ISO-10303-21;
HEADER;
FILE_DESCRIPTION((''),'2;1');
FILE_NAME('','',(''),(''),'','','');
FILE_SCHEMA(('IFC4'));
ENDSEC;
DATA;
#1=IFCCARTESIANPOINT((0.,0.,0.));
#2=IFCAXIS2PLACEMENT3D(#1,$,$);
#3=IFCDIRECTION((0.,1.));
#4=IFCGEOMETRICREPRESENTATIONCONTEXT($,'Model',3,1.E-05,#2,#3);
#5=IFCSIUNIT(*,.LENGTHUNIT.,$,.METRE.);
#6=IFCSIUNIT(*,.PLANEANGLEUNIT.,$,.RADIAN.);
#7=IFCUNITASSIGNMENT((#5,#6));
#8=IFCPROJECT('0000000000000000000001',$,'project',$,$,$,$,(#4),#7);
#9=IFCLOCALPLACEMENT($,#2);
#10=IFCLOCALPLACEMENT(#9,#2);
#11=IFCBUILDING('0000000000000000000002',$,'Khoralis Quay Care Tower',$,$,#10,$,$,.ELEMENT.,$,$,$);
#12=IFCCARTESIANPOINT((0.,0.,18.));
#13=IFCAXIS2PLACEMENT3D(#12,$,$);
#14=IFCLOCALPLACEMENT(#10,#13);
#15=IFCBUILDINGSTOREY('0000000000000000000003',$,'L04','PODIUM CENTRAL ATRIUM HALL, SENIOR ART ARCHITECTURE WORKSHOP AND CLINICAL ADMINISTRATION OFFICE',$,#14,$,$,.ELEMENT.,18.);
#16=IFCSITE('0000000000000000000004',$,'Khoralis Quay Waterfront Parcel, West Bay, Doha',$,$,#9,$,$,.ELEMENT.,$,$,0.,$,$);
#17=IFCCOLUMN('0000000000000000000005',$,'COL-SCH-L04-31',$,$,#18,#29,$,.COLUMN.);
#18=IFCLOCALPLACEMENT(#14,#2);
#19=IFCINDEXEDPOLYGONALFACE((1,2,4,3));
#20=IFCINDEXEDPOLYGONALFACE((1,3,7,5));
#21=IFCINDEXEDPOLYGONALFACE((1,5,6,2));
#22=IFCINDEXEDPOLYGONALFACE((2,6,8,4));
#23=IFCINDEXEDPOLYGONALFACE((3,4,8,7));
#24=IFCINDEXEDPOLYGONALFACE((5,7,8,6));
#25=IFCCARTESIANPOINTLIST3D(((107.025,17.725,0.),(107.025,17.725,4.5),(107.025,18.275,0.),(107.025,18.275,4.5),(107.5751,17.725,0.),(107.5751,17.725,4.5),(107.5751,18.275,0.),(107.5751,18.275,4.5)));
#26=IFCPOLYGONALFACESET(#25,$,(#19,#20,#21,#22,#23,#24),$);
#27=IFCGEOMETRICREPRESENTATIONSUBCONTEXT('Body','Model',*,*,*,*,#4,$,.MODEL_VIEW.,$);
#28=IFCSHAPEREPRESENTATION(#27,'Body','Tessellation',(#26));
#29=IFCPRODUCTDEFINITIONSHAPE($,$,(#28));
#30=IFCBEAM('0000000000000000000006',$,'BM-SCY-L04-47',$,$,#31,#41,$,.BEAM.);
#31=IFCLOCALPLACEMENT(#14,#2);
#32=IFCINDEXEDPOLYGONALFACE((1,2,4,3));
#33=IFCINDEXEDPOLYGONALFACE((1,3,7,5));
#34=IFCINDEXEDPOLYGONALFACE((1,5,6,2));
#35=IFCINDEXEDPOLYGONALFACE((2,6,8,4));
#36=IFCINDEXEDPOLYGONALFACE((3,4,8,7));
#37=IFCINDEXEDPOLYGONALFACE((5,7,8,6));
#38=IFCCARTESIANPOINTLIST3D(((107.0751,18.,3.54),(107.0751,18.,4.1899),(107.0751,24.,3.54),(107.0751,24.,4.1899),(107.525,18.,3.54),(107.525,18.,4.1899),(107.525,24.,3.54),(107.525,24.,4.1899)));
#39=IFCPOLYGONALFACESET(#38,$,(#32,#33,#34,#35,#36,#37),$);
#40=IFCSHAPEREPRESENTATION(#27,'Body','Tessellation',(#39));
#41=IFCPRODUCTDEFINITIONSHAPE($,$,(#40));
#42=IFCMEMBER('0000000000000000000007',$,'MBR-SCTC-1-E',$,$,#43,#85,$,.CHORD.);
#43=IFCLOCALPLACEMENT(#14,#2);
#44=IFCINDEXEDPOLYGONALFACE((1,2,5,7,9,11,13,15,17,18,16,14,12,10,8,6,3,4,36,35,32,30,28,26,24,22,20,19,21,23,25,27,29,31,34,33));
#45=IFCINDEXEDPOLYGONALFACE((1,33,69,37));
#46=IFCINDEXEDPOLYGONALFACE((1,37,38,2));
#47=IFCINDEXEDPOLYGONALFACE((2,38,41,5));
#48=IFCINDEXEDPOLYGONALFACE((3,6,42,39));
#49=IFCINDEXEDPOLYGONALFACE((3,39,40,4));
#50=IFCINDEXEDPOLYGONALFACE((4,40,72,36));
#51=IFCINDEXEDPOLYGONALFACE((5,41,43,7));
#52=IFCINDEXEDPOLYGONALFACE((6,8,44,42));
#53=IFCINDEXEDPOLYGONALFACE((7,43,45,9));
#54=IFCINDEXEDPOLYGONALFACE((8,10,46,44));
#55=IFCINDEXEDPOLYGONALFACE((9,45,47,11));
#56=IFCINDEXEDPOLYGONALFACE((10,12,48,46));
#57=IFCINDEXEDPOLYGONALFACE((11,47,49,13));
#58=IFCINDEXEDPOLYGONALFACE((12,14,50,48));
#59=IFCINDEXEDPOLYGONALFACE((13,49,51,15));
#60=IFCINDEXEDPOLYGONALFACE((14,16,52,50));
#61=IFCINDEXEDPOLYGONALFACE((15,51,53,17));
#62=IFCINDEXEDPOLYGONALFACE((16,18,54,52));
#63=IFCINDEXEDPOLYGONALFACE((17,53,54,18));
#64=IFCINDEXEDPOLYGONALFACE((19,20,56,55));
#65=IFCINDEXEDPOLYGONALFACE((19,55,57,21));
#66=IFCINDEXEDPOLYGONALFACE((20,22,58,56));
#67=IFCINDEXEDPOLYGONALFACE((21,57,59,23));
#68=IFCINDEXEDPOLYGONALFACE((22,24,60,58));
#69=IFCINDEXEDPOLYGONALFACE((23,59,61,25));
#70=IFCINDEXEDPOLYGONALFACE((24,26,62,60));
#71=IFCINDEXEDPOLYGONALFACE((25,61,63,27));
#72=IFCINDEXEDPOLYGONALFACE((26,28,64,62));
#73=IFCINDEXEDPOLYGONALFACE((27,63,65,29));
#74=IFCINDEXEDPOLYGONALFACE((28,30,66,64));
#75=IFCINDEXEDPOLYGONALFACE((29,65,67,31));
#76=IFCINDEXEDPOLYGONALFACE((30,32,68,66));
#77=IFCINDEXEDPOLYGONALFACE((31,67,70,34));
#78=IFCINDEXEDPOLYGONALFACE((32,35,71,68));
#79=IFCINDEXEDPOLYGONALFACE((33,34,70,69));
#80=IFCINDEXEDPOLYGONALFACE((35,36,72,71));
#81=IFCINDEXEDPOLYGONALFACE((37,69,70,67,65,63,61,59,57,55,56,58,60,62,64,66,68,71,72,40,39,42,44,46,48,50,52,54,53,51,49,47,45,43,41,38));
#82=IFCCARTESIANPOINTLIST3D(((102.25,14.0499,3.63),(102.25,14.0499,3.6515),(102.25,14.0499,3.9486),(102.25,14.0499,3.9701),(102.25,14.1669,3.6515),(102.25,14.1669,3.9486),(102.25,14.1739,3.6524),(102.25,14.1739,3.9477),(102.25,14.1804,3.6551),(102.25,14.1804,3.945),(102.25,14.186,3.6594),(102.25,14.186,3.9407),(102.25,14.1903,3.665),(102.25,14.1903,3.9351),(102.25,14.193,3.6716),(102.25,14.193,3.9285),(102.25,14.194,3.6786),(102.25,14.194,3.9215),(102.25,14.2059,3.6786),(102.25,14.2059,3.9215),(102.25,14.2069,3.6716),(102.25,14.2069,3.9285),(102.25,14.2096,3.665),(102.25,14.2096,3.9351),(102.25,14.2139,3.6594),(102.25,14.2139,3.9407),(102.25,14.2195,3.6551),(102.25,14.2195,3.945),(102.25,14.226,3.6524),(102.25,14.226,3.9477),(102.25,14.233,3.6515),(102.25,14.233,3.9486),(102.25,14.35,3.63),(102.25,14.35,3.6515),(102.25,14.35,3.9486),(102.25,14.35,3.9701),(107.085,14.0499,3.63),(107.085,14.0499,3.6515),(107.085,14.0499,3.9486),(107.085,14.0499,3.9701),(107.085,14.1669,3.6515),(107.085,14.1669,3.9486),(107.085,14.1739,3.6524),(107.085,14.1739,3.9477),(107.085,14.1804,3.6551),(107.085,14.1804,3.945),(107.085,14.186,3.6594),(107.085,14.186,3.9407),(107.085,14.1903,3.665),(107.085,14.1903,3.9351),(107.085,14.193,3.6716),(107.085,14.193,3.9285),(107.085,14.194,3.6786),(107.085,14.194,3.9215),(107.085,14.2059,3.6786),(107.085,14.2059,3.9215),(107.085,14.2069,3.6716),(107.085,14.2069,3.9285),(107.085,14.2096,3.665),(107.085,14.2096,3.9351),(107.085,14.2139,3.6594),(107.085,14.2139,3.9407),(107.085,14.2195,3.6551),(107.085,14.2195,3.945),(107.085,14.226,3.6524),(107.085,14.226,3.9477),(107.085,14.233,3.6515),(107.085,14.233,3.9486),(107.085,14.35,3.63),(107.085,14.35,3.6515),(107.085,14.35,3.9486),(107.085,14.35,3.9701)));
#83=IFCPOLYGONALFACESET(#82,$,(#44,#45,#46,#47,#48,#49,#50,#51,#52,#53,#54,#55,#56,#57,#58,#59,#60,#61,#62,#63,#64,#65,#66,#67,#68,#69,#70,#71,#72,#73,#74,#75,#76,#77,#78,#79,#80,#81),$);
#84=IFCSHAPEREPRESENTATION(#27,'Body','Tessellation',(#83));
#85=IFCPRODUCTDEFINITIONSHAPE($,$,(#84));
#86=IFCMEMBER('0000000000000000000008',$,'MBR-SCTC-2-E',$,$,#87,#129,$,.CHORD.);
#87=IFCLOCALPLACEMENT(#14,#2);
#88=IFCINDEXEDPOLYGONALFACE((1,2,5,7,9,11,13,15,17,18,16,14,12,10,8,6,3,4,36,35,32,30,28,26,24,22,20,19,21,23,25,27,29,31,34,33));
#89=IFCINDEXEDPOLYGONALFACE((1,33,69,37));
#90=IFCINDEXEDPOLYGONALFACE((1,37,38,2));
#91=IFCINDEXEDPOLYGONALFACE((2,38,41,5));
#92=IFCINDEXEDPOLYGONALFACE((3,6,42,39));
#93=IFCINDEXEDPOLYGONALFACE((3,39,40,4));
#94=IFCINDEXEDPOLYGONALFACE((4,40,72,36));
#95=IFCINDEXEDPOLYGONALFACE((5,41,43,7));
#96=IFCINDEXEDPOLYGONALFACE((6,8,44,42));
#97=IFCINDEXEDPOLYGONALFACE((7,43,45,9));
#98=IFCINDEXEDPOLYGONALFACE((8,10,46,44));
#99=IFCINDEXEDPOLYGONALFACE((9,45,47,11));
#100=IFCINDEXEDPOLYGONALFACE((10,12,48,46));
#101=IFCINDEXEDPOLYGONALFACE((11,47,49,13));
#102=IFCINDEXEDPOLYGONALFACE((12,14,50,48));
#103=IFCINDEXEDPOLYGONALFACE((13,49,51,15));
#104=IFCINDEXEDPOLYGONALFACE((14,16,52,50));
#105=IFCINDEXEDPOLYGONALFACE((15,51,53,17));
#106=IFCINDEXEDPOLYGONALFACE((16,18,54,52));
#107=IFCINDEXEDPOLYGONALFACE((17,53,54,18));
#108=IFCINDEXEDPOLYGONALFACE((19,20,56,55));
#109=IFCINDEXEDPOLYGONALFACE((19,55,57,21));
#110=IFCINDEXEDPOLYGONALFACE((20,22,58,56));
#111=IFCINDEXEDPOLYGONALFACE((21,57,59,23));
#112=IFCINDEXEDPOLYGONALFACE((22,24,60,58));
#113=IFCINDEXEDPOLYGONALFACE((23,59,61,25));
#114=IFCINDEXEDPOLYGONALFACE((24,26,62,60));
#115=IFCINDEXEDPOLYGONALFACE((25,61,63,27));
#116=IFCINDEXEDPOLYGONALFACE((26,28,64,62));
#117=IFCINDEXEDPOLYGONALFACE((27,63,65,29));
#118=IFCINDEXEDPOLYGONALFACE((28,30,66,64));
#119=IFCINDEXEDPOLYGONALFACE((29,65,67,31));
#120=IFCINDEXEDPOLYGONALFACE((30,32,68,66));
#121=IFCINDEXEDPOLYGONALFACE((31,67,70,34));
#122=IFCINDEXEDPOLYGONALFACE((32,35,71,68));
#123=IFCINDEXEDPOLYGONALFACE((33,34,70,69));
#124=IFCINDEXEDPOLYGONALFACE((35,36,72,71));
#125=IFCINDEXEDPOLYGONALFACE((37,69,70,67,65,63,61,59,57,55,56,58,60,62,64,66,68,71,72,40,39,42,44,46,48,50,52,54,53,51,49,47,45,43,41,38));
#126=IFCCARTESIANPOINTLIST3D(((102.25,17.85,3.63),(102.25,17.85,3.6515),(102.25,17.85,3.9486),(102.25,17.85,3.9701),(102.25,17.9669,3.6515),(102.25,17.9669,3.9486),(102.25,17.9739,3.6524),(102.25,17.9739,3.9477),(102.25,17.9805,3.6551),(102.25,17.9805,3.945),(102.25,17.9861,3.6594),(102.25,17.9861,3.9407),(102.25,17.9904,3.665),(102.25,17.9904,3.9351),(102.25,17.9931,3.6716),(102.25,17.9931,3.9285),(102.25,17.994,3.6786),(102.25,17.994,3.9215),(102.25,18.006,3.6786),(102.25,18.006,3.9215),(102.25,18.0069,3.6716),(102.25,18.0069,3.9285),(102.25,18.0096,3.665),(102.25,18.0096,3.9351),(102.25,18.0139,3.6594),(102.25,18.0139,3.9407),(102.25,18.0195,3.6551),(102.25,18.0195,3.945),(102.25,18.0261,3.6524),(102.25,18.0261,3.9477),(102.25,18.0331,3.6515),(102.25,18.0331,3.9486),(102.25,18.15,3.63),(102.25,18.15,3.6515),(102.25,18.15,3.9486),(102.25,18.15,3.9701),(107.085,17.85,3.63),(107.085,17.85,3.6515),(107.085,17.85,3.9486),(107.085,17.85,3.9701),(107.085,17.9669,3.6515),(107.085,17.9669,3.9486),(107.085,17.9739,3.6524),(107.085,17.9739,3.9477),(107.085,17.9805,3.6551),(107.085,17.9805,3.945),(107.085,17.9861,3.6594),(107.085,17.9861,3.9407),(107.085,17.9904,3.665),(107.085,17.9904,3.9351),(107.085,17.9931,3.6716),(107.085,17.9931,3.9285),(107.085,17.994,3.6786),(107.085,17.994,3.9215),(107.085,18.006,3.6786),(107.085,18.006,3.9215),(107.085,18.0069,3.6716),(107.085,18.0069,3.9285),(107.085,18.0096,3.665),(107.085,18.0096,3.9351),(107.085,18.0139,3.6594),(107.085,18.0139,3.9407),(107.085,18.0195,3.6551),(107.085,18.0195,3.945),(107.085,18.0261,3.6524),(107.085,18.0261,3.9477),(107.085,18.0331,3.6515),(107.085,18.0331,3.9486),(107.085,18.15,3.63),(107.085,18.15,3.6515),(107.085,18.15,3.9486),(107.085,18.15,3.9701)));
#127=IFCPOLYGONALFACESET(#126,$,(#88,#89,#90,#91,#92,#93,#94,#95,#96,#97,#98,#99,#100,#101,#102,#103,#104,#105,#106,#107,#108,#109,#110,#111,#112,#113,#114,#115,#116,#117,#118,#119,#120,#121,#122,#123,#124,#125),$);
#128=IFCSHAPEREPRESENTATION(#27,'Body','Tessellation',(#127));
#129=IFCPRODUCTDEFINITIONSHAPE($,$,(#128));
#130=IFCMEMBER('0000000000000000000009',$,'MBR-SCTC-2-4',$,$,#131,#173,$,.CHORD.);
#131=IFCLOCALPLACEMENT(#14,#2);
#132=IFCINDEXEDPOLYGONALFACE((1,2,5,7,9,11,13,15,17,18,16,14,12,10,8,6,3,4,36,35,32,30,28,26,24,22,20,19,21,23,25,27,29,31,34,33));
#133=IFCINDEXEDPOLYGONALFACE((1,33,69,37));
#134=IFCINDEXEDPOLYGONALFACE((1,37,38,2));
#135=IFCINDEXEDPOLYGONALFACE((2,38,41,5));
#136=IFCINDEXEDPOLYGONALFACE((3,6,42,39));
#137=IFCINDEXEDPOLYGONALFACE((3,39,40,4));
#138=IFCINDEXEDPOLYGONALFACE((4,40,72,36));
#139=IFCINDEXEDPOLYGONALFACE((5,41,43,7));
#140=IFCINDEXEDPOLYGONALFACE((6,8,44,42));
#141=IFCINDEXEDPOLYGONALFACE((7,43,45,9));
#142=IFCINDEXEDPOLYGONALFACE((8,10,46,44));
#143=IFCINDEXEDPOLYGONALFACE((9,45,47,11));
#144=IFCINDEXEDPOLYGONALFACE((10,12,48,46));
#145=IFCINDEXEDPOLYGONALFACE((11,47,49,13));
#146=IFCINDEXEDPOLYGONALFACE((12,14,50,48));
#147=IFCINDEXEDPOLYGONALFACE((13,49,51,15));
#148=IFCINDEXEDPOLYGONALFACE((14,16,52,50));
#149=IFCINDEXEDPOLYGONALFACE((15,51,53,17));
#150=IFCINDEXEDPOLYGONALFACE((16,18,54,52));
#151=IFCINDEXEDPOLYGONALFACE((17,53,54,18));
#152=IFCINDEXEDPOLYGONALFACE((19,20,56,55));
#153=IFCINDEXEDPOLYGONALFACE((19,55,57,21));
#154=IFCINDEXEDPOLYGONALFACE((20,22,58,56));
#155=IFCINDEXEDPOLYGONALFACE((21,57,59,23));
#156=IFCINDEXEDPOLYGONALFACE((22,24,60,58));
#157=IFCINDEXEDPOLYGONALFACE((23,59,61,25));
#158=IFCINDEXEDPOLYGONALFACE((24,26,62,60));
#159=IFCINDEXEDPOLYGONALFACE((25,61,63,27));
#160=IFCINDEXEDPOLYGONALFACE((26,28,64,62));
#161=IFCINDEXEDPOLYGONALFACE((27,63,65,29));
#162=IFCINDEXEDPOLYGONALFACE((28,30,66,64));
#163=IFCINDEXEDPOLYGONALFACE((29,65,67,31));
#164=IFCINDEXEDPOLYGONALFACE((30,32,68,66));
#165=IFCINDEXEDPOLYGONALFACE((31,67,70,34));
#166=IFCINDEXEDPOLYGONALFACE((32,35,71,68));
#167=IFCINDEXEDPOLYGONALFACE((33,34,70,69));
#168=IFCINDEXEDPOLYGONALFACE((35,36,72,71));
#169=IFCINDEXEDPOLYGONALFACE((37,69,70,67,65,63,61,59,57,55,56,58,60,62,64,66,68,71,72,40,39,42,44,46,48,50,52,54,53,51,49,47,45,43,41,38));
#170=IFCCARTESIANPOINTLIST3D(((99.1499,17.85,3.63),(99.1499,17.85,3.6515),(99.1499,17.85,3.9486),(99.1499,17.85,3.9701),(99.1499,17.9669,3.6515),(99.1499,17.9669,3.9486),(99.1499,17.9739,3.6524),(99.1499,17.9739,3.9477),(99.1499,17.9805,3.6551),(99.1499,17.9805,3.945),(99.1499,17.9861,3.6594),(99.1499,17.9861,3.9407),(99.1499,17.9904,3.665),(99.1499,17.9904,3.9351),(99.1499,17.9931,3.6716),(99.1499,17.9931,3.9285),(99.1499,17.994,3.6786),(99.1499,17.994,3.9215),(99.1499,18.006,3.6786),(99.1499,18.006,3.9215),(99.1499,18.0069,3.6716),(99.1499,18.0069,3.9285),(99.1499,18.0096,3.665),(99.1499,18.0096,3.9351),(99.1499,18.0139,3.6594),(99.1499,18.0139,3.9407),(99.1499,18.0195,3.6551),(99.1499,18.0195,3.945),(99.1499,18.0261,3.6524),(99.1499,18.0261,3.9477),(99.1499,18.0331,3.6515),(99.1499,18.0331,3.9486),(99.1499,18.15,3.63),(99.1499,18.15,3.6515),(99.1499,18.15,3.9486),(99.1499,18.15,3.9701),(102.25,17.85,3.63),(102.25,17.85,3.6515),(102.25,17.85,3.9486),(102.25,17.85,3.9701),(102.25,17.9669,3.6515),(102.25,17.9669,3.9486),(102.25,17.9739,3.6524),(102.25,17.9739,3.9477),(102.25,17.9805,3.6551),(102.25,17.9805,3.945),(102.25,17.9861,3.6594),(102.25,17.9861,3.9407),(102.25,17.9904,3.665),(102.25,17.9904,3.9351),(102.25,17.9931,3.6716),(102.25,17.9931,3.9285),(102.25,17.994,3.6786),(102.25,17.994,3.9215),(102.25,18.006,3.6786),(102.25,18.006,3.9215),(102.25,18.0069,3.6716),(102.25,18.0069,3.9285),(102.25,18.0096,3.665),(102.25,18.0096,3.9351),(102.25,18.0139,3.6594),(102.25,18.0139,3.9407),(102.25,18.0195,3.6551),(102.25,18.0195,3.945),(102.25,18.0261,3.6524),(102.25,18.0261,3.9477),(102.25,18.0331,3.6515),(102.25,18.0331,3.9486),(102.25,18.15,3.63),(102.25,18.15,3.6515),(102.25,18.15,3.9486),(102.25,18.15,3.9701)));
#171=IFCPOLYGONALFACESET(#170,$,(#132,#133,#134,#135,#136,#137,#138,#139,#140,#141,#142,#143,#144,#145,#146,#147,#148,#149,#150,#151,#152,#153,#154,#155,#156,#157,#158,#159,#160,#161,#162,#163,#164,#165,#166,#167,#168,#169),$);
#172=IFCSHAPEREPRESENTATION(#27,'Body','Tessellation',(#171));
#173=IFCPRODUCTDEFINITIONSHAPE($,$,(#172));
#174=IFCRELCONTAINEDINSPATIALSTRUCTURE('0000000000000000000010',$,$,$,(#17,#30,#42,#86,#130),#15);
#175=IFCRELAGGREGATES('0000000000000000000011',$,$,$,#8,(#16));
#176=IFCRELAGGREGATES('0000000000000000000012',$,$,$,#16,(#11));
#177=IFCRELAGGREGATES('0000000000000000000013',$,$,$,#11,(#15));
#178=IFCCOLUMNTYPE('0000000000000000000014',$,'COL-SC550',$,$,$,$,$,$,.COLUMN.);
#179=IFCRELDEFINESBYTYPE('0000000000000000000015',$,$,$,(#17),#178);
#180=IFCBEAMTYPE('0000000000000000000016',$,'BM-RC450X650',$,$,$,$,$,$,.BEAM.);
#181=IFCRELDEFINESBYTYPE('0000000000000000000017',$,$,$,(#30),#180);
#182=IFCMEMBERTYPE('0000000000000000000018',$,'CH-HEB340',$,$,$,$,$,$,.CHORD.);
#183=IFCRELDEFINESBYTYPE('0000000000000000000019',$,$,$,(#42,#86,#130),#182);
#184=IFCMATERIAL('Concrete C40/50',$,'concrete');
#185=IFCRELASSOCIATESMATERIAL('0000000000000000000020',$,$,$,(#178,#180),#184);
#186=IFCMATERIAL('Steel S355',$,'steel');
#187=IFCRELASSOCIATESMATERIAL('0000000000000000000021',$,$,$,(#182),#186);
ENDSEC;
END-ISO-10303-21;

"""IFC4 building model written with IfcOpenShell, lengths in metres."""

from ifc_helpers import new_model, si_unit, direction, frame, origin, origin_2d, place, context, subcontext, project, spatial, rectangle, i_section, extrude, source, transform, mapped, material, material_profile, profile_set, type_object, element, save


model = new_model("IFC4")

# Units and contexts
model_context = context("Model", 3, precision=1e-05, world=origin(), true_north=direction((0.0, 1.0)))
body_context = subcontext(model_context, "Body", "Model", "MODEL_VIEW")
ifc_project = project(units=[si_unit("LENGTHUNIT", "METRE"), si_unit("PLANEANGLEUNIT", "RADIAN")], contexts=[model_context])

# Site, building, storey
site_placement = place(None, origin())
site = spatial("IfcSite", under=ifc_project, at=site_placement, Name="Khoralis Quay Waterfront Parcel, West Bay, Doha", CompositionType="ELEMENT", RefElevation=0.0)
building_placement = place(site_placement, origin())
building = spatial("IfcBuilding", under=site, at=building_placement, Name="Khoralis Quay Care Tower", CompositionType="ELEMENT")
storey_placement = place(building_placement, frame((0.0, 0.0, 18.0)))
storey = spatial("IfcBuildingStorey", under=building, at=storey_placement, Name="L04", Description="PODIUM CENTRAL ATRIUM HALL, SENIOR ART ARCHITECTURE WORKSHOP AND CLINICAL ADMINISTRATION OFFICE", CompositionType="ELEMENT", Elevation=18.0)

# Column
ifc_material_1 = material(Name="Concrete C40/50", Category="concrete")
ifc_material_profile_1 = material_profile(ifc_material_1, rectangle(XDim=0.55, YDim=0.55, at=origin_2d()), Name="Concrete C40/50")
ifc_profile_set_1 = profile_set([ifc_material_profile_1], Name="Concrete C40/50")
column_type = type_object("IfcColumnType", Name="COL-SC550", PredefinedType="COLUMN", material=ifc_profile_set_1)
shared_shape_1 = source(origin(), body_context, "Body", "SweptSolid", [
    extrude(rectangle(XDim=0.55, YDim=0.55, at=origin_2d()), origin(), (0.0, 0.0, 1.0), 4.5),
])
column_placement = place(storey_placement, frame((107.3, 18.0, 0.0), z_axis=(0.0, 0.0, 1.0), x_axis=(1.0, 0.0, 0.0)))
element("IfcColumn", 1, at=column_placement, inside=storey, type_object=column_type, Name="COL-SCH-L04-31", PredefinedType="COLUMN", context=body_context, shape_type="MappedRepresentation", body=[
    mapped(shared_shape_1, transform((0.0, 0.0, 0.0), scale=1.0)),
])

# Beam
ifc_material_profile_2 = material_profile(ifc_material_1, rectangle(XDim=0.45, YDim=0.6499, at=origin_2d()), Name="Concrete C40/50")
ifc_profile_set_2 = profile_set([ifc_material_profile_2], Name="Concrete C40/50")
beam_type = type_object("IfcBeamType", Name="BM-RC450X650", PredefinedType="BEAM", material=ifc_profile_set_2)
shared_shape_2 = source(origin(), body_context, "Body", "SweptSolid", [
    extrude(rectangle(XDim=0.45, YDim=0.6499, at=origin_2d()), origin(), (0.0, 0.0, 1.0), 6.0),
])
beam_placement = place(storey_placement, frame((107.3, 18.0, 3.865), z_axis=(0.0, 1.0, 0.0), x_axis=(-1.0, 0.0, 0.0)))
element("IfcBeam", 2, at=beam_placement, inside=storey, type_object=beam_type, Name="BM-SCY-L04-47", PredefinedType="BEAM", context=body_context, shape_type="MappedRepresentation", body=[
    mapped(shared_shape_2, transform((0.0, 0.0, 0.0), scale=1.0)),
])

# Members
ifc_material_2 = material(Name="Steel S355", Category="steel")
ifc_material_profile_3 = material_profile(ifc_material_2, i_section(OverallWidth=0.3, OverallDepth=0.3401, WebThickness=0.012, FlangeThickness=0.0215, FilletRadius=0.0271, at=origin_2d()), Name="Steel S355")
ifc_profile_set_3 = profile_set([ifc_material_profile_3], Name="Steel S355")
member_type_1 = type_object("IfcMemberType", Name="CH-HEB340", PredefinedType="CHORD", material=ifc_profile_set_3)
shared_shape_3 = source(origin(), body_context, "Body", "SweptSolid", [
    extrude(i_section(OverallWidth=0.3, OverallDepth=0.3401, WebThickness=0.012, FlangeThickness=0.0215, FilletRadius=0.0271, at=origin_2d()), origin(), (0.0, 0.0, 1.0), 4.835),
])
for number, where, z_axis, x_axis, name in (
    (3, (102.25, 14.2, 3.8), (1.0, 0.0, 0.0), (0.0, 1.0, 0.0), "MBR-SCTC-1-E"),
    (4, (102.25, 18.0, 3.8), (1.0, 0.0, 0.0), (0.0, 1.0, 0.0), "MBR-SCTC-2-E"),
):
    element("IfcMember", number, at=place(storey_placement, frame(where, z_axis=z_axis, x_axis=x_axis)), inside=storey, type_object=member_type_1, Name=name, PredefinedType="CHORD", context=body_context, shape_type="MappedRepresentation", body=[
        mapped(shared_shape_3, transform((0.0, 0.0, 0.0), scale=1.0)),
    ])
shared_shape_4 = source(origin(), body_context, "Body", "SweptSolid", [
    extrude(i_section(OverallWidth=0.3, OverallDepth=0.3401, WebThickness=0.012, FlangeThickness=0.0215, FilletRadius=0.0271, at=origin_2d()), origin(), (0.0, 0.0, 1.0), 3.1001),
])
member_1_placement = place(storey_placement, frame((99.1499, 18.0, 3.8), z_axis=(1.0, 0.0, 0.0), x_axis=(0.0, 1.0, 0.0)))
element("IfcMember", 5, at=member_1_placement, inside=storey, type_object=member_type_1, Name="MBR-SCTC-2-4", PredefinedType="CHORD", context=body_context, shape_type="MappedRepresentation", body=[
    mapped(shared_shape_4, transform((0.0, 0.0, 0.0), scale=1.0)),
])

save(model, "model.ifc")
